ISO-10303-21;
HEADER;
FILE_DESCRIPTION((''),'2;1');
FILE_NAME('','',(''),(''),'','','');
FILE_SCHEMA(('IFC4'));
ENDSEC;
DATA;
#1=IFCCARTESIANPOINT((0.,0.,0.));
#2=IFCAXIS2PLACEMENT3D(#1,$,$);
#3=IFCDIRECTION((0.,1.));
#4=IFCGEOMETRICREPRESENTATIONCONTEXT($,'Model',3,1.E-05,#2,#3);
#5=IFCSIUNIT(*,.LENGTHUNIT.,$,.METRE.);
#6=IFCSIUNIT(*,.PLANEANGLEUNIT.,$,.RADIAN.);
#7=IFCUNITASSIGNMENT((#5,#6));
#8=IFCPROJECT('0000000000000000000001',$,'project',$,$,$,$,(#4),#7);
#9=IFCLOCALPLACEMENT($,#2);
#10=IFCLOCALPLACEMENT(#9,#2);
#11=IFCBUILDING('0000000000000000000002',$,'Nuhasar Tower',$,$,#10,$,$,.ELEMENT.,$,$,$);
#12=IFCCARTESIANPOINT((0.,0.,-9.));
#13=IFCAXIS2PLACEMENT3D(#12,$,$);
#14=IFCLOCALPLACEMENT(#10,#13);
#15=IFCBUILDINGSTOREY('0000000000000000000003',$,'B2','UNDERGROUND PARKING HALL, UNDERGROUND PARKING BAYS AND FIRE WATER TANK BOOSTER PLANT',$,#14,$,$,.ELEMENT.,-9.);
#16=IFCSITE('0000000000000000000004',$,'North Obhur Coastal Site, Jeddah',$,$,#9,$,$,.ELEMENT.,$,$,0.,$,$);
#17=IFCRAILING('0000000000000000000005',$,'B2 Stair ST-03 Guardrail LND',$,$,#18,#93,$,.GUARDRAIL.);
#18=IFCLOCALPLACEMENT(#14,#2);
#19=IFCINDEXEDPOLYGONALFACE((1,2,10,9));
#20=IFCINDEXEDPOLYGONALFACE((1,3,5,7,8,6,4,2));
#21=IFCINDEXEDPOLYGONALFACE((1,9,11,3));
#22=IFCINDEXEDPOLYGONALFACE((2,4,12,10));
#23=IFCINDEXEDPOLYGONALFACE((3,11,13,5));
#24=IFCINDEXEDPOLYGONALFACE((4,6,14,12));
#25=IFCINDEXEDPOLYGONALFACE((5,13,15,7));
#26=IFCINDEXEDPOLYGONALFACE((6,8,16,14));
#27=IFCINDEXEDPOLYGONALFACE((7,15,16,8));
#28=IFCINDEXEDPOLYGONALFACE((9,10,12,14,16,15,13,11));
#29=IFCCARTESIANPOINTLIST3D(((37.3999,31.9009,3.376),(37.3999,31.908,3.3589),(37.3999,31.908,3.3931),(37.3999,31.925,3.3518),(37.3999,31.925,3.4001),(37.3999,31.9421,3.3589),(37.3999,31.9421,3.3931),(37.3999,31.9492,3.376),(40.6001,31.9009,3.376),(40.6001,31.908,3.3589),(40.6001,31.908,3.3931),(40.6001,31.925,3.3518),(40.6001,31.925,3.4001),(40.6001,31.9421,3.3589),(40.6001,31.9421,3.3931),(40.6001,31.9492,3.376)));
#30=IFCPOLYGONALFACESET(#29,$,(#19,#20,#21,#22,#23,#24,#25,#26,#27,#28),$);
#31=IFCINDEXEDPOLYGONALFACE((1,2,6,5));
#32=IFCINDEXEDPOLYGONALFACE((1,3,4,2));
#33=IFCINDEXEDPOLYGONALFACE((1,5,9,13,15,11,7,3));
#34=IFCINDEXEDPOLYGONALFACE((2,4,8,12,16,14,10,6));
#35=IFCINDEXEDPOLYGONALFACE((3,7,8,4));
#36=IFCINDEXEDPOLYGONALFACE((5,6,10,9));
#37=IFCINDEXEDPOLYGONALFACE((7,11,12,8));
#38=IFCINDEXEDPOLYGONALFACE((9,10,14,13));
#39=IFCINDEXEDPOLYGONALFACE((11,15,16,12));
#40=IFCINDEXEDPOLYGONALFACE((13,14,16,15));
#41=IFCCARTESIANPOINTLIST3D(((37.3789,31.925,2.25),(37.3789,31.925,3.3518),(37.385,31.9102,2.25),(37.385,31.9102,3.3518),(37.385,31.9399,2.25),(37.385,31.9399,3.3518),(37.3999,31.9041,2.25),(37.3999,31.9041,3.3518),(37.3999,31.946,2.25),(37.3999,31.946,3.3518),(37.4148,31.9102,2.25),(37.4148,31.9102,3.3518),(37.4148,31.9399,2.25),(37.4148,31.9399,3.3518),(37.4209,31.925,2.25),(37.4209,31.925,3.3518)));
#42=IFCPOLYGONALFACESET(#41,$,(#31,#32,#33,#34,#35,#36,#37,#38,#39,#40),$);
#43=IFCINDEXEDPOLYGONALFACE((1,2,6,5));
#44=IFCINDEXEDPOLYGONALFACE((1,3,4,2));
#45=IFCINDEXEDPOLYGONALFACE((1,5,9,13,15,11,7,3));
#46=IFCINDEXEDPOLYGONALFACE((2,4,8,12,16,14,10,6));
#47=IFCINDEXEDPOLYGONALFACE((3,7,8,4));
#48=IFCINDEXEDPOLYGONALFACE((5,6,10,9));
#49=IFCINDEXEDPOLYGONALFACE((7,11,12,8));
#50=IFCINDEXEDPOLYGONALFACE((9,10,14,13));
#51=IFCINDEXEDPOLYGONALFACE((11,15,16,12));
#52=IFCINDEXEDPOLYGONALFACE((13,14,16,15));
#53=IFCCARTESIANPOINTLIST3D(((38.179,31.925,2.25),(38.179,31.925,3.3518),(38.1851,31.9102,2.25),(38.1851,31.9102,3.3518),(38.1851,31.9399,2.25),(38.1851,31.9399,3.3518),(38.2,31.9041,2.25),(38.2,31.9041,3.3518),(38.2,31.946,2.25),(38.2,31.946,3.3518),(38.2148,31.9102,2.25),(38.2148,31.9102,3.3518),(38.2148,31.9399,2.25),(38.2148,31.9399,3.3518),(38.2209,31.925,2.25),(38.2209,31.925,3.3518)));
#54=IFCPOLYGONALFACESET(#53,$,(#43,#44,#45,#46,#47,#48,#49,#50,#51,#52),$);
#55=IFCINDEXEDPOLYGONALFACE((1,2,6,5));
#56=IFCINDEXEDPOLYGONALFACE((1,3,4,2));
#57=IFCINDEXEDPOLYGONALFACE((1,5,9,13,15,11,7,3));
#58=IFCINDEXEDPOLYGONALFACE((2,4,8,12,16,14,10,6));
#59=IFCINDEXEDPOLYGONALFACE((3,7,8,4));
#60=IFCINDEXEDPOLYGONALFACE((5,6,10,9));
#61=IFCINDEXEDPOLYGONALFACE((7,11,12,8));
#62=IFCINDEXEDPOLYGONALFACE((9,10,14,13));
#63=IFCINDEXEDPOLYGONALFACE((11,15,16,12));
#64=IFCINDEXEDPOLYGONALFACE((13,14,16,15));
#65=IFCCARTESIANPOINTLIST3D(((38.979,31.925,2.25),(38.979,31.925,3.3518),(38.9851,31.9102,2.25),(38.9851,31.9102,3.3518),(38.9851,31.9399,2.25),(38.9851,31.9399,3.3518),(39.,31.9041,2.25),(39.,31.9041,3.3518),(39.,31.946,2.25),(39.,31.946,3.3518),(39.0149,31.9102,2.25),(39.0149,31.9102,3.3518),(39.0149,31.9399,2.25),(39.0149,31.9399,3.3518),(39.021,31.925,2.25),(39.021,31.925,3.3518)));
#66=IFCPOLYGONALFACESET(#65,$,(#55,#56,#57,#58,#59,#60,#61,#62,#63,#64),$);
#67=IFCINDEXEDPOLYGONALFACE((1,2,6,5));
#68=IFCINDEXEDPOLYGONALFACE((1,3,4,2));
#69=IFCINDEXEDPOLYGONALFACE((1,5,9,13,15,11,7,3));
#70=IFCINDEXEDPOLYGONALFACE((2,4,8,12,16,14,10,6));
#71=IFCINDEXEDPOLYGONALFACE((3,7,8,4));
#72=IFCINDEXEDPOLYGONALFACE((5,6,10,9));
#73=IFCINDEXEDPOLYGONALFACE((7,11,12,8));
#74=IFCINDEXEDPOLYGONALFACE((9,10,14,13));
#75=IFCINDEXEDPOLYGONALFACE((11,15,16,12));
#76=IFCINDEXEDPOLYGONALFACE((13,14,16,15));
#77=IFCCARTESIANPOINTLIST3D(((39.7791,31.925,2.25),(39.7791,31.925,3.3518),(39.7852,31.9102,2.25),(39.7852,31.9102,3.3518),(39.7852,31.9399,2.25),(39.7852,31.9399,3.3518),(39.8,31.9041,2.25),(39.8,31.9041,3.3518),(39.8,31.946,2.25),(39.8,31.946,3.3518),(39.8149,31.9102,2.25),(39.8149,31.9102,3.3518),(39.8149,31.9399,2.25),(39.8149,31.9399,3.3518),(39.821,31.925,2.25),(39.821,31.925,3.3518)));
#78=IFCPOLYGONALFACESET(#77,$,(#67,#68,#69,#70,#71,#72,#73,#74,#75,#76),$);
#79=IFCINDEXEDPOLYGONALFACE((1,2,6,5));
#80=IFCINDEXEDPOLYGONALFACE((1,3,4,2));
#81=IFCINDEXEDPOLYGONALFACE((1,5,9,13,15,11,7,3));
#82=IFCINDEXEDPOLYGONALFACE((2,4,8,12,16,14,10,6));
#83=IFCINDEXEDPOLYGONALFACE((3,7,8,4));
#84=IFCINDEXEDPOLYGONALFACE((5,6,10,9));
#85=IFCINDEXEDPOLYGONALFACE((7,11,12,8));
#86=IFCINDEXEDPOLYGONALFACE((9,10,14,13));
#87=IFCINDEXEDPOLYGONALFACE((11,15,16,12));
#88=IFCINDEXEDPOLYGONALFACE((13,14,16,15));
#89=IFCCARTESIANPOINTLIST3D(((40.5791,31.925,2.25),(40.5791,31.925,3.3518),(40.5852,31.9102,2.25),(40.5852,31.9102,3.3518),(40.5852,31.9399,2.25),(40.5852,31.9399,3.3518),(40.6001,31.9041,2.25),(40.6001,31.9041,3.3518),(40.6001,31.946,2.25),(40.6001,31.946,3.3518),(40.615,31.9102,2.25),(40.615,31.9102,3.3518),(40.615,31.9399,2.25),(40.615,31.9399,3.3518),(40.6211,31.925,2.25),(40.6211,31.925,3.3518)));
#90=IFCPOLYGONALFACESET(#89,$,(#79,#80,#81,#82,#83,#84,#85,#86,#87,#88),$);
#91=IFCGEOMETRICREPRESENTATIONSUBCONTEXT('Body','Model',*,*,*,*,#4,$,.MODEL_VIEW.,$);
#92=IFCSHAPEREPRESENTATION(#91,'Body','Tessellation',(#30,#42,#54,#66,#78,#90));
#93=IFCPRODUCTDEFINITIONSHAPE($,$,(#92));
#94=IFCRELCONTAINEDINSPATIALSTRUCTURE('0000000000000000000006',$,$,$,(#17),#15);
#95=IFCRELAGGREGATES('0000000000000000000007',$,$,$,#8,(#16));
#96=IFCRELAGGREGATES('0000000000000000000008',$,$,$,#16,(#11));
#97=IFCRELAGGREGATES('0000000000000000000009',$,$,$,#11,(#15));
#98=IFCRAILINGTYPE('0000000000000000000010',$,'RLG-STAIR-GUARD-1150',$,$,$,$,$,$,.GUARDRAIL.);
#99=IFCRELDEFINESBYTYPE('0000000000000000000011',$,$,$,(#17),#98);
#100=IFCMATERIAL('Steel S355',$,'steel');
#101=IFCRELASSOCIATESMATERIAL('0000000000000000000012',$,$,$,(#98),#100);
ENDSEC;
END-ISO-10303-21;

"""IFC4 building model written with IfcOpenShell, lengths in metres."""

from ifc_helpers import new_model, si_unit, direction, frame, origin, place, context, subcontext, project, spatial, polyline, outline, extrude, material, type_object, element, save


model = new_model("IFC4")

# Units and contexts
model_context = context("Model", 3, precision=1e-05, world=origin(), true_north=direction((0.0, 1.0)))
body_context = subcontext(model_context, "Body", "Model", "MODEL_VIEW")
ifc_project = project(units=[si_unit("LENGTHUNIT", "METRE"), si_unit("PLANEANGLEUNIT", "RADIAN")], contexts=[model_context])

# Site, building, storey
site_placement = place(None, origin())
site = spatial("IfcSite", under=ifc_project, at=site_placement, Name="North Obhur Coastal Site, Jeddah", CompositionType="ELEMENT", RefElevation=0.0)
building_placement = place(site_placement, origin())
building = spatial("IfcBuilding", under=site, at=building_placement, Name="Nuhasar Tower", CompositionType="ELEMENT")
storey_placement = place(building_placement, frame((0.0, 0.0, -9.0)))
storey = spatial("IfcBuildingStorey", under=building, at=storey_placement, Name="B2", Description="UNDERGROUND PARKING HALL, UNDERGROUND PARKING BAYS AND FIRE WATER TANK BOOSTER PLANT", CompositionType="ELEMENT", Elevation=-9.0)

# Shared definitions
ifc_material_1 = material(Name="Steel S355", Category="steel")

# Railing
railing_type_1 = type_object("IfcRailingType", Name="RLG-STAIR-GUARD-1150", PredefinedType="GUARDRAIL", material=ifc_material_1)
railing_1_placement = place(storey_placement, frame((37.3999, 31.925, 2.25)))
element("IfcRailing", 1, at=railing_1_placement, inside=storey, type_object=railing_type_1, Name="B2 Stair ST-03 Guardrail LND", PredefinedType="GUARDRAIL", context=body_context, shape_type="SweptSolid", body=[
    extrude(outline(polyline([(0.0242, 0.0), (0.0171, 0.0171), (0.0, 0.0242), (-0.0171, 0.0171), (-0.0242, 0.0), (-0.0171, -0.0171), (0.0, -0.0242), (0.0171, -0.0171), (0.0242, 0.0)])), frame((0.0, 0.0, 1.126), z_axis=(1.0, 0.0, 0.0), x_axis=(0.0, 1.0, 0.0)), (0.0, 0.0, 1.0), 3.2002),
    extrude(outline(polyline([(0.021, 0.0), (0.0149, 0.0149), (0.0, 0.021), (-0.0149, 0.0149), (-0.021, 0.0), (-0.0149, -0.0149), (0.0, -0.021), (0.0149, -0.0149), (0.021, 0.0)])), origin(), (0.0, 0.0, 1.0), 1.1018),
    extrude(outline(polyline([(0.021, 0.0), (0.0149, 0.0149), (0.0, 0.021), (-0.0149, 0.0149), (-0.021, 0.0), (-0.0149, -0.0149), (0.0, -0.021), (0.0149, -0.0149), (0.021, 0.0)])), frame((0.8, 0.0, 0.0)), (0.0, 0.0, 1.0), 1.1018),
    extrude(outline(polyline([(0.021, 0.0), (0.0149, 0.0149), (0.0, 0.021), (-0.0149, 0.0149), (-0.021, 0.0), (-0.0149, -0.0149), (0.0, -0.021), (0.0149, -0.0149), (0.021, 0.0)])), frame((1.6001, 0.0, 0.0)), (0.0, 0.0, 1.0), 1.1018),
    extrude(outline(polyline([(0.021, 0.0), (0.0149, 0.0149), (0.0, 0.021), (-0.0149, 0.0149), (-0.021, 0.0), (-0.0149, -0.0149), (0.0, -0.021), (0.0149, -0.0149), (0.021, 0.0)])), frame((2.4001, 0.0, 0.0)), (0.0, 0.0, 1.0), 1.1018),
    extrude(outline(polyline([(0.021, 0.0), (0.0149, 0.0149), (0.0, 0.021), (-0.0149, 0.0149), (-0.021, 0.0), (-0.0149, -0.0149), (0.0, -0.021), (0.0149, -0.0149), (0.021, 0.0)])), frame((3.2002, 0.0, 0.0)), (0.0, 0.0, 1.0), 1.1018),
])

save(model, "model.ifc")
